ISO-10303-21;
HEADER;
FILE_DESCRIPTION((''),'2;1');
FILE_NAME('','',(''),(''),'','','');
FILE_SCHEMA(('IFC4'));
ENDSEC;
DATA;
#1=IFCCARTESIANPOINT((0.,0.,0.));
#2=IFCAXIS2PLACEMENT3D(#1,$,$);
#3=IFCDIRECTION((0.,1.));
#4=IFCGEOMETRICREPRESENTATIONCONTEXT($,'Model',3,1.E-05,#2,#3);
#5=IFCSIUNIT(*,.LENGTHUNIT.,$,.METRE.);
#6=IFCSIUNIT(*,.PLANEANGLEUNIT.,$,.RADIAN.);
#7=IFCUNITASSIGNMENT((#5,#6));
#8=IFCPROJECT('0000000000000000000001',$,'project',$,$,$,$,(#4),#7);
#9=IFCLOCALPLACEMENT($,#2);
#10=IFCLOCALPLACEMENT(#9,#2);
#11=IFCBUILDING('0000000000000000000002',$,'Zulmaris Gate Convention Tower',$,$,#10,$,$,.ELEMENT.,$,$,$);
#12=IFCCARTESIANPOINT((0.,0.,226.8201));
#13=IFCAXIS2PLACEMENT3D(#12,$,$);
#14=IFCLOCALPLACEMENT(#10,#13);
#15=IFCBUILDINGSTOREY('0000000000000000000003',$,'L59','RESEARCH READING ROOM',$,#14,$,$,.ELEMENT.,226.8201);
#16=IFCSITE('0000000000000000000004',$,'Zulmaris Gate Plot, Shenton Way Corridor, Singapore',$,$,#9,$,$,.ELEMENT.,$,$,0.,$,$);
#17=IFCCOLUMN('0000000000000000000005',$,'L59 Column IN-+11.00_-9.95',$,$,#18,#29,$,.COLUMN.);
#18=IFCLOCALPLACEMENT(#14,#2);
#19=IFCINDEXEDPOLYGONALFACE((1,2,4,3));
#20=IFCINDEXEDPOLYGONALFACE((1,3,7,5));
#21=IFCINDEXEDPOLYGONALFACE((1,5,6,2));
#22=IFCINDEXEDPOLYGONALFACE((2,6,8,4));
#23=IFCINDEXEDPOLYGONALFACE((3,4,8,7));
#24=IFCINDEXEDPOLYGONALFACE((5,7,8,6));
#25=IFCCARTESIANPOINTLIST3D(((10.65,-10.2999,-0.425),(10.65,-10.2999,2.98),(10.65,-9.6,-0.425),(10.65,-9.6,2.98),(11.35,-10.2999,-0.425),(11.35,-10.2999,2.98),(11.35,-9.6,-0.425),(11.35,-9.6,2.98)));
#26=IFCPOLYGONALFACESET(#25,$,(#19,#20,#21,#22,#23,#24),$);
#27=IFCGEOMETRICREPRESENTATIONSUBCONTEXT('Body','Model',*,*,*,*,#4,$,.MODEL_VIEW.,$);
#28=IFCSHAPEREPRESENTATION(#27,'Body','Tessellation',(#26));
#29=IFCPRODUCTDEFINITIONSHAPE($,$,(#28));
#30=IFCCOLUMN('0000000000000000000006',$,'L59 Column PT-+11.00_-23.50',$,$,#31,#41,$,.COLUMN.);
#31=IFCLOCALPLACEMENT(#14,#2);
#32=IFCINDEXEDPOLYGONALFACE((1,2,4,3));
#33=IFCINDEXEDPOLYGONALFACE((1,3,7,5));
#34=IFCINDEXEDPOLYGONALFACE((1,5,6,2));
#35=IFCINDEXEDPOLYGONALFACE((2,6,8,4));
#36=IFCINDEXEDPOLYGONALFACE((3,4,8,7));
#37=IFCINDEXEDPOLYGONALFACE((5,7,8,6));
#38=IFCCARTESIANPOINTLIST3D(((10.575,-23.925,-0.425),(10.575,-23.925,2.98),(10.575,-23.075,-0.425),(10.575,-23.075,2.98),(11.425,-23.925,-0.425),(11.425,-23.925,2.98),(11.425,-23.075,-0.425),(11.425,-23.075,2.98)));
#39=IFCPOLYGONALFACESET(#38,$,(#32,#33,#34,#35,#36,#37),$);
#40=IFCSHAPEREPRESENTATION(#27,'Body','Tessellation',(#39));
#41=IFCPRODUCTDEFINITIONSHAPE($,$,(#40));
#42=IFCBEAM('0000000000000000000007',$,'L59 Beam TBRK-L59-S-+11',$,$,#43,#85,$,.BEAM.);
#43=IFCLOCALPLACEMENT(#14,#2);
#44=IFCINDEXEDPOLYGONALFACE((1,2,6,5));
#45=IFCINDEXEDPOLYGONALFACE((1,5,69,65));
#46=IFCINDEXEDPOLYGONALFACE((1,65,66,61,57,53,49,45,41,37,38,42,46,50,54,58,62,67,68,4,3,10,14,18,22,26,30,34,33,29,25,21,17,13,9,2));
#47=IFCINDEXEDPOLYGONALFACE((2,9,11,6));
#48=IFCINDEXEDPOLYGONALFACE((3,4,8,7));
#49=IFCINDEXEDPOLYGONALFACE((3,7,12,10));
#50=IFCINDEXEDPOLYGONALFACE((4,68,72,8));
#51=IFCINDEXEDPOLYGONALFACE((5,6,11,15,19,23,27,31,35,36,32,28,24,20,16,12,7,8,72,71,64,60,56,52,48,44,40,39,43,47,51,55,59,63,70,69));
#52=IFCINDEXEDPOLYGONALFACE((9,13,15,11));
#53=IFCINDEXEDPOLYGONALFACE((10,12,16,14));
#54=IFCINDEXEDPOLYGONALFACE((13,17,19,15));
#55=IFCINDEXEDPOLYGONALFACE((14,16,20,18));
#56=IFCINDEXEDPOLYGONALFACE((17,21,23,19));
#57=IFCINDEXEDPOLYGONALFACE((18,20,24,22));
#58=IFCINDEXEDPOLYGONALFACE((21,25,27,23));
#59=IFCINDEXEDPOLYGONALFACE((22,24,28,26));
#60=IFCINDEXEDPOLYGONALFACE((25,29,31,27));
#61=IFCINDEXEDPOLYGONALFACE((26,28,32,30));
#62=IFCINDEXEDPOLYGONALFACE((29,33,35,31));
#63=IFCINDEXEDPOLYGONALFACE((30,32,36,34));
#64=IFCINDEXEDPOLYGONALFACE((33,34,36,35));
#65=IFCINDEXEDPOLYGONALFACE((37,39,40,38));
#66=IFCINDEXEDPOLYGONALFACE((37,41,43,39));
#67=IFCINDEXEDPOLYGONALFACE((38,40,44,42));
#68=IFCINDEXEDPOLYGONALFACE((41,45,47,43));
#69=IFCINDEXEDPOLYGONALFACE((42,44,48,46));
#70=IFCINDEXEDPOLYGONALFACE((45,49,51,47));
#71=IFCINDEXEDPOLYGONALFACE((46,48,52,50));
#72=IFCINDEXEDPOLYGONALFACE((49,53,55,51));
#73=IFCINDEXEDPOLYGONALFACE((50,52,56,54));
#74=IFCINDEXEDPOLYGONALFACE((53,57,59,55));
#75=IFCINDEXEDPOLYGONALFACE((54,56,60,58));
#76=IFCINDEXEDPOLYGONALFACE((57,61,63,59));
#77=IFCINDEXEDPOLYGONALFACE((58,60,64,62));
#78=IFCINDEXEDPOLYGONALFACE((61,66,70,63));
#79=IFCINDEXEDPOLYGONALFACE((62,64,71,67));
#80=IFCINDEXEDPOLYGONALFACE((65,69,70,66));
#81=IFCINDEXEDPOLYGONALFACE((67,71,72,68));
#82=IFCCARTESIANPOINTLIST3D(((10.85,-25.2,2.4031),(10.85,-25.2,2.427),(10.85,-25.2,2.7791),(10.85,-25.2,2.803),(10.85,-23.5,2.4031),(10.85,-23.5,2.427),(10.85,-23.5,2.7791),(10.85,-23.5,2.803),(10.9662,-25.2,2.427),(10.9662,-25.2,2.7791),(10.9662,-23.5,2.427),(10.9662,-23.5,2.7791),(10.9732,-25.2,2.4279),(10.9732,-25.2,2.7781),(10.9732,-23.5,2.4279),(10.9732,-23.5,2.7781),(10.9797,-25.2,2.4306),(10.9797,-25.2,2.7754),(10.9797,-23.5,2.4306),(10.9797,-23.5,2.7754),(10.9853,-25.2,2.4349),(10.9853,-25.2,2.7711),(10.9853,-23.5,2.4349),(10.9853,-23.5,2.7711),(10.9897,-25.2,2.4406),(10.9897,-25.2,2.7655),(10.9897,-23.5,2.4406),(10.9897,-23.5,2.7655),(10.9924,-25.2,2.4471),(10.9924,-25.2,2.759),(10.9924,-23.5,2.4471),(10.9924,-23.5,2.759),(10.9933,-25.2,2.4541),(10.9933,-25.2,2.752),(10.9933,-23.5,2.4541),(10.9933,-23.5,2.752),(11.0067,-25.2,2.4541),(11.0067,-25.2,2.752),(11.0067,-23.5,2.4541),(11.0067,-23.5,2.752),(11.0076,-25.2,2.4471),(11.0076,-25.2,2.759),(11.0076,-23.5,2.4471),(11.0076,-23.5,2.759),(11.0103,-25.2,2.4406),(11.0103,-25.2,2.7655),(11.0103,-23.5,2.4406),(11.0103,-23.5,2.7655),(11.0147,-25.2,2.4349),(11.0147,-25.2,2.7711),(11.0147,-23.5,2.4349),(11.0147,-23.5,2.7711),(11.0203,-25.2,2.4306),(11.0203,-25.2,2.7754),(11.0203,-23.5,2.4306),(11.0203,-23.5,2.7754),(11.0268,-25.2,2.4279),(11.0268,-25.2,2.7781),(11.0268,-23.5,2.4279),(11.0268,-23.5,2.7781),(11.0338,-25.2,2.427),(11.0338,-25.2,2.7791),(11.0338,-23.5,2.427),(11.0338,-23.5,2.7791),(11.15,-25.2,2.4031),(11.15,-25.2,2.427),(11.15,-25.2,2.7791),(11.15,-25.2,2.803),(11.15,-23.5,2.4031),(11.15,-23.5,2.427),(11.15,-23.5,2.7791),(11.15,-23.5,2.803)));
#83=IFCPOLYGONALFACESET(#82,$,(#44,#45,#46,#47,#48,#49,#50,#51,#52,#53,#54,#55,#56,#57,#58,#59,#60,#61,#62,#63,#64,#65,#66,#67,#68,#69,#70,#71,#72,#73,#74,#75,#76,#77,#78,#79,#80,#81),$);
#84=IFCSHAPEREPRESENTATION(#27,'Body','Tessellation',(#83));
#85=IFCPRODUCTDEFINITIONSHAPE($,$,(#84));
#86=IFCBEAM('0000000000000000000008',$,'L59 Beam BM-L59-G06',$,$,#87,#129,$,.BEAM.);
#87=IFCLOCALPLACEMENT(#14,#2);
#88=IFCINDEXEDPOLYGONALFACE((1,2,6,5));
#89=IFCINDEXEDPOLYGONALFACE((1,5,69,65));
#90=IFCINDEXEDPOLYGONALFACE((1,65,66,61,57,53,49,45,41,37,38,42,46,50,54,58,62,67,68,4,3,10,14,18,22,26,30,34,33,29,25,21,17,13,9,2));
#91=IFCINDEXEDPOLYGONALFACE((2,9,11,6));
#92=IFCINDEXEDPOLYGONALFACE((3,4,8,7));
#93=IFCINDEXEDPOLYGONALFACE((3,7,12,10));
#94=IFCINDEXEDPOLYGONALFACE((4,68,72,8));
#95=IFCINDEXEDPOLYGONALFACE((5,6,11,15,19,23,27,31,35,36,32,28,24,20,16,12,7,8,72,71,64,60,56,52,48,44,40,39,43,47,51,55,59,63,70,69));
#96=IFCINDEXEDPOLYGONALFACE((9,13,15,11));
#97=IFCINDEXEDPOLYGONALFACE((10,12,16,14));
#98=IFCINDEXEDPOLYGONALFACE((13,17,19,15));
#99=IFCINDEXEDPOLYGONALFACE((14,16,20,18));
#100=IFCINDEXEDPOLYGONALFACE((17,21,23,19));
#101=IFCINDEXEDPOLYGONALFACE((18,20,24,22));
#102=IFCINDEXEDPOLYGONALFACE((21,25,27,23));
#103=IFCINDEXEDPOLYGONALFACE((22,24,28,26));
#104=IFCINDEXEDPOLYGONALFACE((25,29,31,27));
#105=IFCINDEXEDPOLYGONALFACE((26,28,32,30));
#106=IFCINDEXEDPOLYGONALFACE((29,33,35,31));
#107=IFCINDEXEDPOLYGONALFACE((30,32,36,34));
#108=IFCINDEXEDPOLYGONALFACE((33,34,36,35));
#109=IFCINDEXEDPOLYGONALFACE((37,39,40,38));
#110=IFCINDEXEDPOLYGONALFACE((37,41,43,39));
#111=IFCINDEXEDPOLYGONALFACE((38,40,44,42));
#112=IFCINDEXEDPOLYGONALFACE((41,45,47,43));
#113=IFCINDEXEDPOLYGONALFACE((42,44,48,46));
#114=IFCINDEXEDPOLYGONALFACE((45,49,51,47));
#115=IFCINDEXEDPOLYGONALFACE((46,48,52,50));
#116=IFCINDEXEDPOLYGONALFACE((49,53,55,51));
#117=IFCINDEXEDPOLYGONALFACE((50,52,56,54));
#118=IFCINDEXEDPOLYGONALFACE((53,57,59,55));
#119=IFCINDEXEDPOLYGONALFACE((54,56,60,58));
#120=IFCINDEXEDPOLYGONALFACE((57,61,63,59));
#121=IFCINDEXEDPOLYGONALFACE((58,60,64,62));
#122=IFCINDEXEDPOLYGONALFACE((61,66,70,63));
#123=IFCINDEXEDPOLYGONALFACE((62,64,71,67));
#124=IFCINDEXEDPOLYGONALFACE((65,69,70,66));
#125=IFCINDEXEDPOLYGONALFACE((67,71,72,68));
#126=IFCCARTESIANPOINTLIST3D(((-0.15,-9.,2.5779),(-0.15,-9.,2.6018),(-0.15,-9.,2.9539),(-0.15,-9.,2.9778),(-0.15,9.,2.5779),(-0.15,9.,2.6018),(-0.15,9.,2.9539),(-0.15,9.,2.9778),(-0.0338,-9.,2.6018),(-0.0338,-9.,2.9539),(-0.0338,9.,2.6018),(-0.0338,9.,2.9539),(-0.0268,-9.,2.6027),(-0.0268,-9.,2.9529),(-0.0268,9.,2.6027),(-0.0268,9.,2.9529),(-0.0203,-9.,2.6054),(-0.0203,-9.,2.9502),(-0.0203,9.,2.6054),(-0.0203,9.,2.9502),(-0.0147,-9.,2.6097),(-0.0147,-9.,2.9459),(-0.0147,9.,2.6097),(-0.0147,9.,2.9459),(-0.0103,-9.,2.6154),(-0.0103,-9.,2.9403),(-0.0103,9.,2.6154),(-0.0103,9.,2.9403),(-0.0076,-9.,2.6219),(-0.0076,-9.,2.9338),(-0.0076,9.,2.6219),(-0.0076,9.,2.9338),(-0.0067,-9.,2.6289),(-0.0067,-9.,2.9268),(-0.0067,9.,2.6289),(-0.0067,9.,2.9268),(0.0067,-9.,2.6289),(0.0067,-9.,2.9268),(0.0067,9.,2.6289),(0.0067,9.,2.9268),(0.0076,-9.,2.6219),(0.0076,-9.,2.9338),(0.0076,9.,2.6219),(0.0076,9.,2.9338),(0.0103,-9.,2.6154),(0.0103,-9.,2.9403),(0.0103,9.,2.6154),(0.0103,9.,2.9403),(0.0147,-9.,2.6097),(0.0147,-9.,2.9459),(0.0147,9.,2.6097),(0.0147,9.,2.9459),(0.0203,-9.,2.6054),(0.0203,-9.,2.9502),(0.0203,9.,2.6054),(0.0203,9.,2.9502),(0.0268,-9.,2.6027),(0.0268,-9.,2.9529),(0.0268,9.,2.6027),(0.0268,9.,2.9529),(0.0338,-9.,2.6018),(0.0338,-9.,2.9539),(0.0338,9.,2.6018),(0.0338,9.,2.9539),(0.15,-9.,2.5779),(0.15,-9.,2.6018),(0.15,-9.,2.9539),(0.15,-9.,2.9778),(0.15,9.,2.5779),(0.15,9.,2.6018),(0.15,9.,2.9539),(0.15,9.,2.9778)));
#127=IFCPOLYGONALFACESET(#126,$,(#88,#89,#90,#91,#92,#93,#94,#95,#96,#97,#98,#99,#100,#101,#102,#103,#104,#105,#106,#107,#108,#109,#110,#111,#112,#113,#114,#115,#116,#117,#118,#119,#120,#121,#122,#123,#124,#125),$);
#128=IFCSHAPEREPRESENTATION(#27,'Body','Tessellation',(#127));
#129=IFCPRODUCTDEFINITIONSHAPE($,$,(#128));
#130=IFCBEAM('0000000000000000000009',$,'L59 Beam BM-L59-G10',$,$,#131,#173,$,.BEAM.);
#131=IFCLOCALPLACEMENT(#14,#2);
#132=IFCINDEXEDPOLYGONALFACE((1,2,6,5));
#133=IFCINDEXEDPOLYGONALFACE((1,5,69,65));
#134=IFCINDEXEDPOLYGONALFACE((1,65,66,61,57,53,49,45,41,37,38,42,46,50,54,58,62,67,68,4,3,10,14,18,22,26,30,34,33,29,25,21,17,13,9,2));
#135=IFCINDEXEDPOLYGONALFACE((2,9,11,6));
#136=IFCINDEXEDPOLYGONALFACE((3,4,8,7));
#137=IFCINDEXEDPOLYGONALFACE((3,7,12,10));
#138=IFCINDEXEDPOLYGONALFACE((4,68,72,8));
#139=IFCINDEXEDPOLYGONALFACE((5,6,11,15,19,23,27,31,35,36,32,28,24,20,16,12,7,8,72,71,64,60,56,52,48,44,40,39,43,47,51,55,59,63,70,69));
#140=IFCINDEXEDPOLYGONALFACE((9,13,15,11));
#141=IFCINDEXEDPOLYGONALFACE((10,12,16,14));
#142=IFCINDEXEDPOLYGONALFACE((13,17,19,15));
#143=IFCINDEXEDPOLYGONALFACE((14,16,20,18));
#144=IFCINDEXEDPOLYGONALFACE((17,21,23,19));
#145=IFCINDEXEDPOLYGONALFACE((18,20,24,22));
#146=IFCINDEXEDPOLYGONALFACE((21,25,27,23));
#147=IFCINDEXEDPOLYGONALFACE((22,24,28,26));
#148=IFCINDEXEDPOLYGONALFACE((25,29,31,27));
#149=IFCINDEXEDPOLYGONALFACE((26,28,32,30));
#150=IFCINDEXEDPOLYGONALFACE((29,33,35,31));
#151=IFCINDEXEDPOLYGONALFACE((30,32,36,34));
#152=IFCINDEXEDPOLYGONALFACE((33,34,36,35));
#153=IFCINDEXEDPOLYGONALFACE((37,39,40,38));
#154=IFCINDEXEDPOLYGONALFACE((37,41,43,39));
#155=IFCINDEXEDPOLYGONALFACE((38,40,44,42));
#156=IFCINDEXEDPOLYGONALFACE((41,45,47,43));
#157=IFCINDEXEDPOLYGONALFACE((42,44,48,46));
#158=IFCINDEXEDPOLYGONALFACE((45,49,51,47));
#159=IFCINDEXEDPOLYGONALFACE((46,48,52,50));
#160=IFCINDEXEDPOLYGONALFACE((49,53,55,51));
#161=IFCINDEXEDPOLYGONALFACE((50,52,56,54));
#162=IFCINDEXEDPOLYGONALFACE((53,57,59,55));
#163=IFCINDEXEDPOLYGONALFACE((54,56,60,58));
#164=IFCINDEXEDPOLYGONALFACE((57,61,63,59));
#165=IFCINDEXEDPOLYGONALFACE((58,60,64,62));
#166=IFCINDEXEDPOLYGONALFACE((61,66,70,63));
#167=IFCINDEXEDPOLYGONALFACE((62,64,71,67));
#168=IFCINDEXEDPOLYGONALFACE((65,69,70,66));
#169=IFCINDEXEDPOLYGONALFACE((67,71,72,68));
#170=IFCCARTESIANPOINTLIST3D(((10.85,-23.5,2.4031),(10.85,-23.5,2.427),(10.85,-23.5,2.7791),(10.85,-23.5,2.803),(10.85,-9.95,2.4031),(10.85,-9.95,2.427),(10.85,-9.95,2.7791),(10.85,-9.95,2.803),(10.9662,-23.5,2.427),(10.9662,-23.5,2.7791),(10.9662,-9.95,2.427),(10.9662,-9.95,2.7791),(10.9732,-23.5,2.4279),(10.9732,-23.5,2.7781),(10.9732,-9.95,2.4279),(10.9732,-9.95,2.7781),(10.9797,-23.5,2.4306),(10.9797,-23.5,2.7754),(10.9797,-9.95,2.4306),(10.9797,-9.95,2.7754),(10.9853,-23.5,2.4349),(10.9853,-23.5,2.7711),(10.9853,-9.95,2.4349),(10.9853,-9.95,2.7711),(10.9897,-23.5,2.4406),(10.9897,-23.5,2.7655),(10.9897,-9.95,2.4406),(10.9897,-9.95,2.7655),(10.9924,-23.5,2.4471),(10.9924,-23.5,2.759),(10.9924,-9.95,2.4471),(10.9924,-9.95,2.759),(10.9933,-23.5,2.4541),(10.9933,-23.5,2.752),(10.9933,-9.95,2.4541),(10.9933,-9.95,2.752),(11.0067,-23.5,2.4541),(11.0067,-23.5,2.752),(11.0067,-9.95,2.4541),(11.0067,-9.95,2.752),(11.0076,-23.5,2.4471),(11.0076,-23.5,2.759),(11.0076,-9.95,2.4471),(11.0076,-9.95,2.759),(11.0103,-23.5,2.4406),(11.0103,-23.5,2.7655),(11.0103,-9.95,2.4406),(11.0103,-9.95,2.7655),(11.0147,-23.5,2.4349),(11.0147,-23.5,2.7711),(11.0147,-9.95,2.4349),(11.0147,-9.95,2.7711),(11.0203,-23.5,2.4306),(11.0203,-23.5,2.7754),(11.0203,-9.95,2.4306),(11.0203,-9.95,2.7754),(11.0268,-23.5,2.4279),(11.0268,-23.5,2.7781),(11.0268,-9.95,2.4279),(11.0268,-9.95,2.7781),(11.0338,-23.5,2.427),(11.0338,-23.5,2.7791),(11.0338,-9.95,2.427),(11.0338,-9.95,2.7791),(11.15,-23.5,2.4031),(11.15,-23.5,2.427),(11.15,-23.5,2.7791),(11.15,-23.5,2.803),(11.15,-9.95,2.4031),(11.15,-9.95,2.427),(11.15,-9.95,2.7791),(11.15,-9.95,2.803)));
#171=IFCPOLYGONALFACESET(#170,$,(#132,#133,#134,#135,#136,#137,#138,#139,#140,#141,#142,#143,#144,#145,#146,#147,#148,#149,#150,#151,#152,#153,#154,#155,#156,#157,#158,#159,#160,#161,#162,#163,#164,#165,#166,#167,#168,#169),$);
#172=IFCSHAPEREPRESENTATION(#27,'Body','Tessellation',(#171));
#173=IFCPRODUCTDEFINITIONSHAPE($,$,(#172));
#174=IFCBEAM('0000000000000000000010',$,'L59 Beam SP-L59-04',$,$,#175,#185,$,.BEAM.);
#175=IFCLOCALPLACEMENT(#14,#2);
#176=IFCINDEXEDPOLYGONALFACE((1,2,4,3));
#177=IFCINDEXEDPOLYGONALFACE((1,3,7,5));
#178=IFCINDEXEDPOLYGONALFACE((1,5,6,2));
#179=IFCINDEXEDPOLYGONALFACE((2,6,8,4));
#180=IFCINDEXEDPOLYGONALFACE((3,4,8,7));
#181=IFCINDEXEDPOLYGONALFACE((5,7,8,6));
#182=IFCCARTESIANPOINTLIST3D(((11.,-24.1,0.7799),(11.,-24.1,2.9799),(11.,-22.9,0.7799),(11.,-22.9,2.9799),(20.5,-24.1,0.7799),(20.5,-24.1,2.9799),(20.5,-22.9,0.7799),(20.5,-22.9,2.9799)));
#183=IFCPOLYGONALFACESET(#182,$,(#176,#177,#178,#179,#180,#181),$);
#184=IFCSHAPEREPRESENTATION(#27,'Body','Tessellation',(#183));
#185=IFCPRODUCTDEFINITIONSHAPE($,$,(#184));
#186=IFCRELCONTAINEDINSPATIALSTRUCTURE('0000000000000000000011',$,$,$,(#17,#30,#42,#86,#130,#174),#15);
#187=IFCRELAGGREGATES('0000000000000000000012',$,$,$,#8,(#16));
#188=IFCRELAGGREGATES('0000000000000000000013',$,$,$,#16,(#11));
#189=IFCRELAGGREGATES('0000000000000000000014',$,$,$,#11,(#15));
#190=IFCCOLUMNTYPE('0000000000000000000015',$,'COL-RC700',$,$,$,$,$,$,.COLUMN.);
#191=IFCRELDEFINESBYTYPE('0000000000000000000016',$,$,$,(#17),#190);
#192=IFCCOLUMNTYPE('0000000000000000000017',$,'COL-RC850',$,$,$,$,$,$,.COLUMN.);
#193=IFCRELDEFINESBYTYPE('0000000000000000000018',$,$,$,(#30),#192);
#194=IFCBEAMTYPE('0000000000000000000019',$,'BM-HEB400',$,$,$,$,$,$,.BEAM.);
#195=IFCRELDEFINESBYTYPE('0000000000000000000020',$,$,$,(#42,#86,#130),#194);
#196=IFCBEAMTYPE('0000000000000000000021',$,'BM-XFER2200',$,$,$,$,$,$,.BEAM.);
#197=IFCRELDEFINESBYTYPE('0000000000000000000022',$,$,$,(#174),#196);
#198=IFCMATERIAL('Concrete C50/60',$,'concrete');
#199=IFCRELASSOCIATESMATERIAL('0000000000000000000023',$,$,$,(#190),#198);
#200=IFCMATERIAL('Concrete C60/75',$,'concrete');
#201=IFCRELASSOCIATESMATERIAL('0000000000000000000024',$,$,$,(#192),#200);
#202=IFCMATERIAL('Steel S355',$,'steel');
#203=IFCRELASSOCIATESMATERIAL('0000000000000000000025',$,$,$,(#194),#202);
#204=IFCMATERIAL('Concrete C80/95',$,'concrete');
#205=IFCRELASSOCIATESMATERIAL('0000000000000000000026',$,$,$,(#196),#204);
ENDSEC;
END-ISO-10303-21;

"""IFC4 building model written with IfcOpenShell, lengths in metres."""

from ifc_helpers import new_model, si_unit, direction, frame, origin, origin_2d, place, context, subcontext, project, spatial, rectangle, i_section, extrude, material, material_profile, profile_set, type_object, element, save


model = new_model("IFC4")

# Units and contexts
model_context = context("Model", 3, precision=1e-05, world=origin(), true_north=direction((0.0, 1.0)))
body_context = subcontext(model_context, "Body", "Model", "MODEL_VIEW")
ifc_project = project(units=[si_unit("LENGTHUNIT", "METRE"), si_unit("PLANEANGLEUNIT", "RADIAN")], contexts=[model_context])

# Site, building, storey
site_placement = place(None, origin())
site = spatial("IfcSite", under=ifc_project, at=site_placement, Name="Zulmaris Gate Plot, Shenton Way Corridor, Singapore", CompositionType="ELEMENT", RefElevation=0.0)
building_placement = place(site_placement, origin())
building = spatial("IfcBuilding", under=site, at=building_placement, Name="Zulmaris Gate Convention Tower", CompositionType="ELEMENT")
storey_placement = place(building_placement, frame((0.0, 0.0, 226.8201)))
storey = spatial("IfcBuildingStorey", under=building, at=storey_placement, Name="L59", Description="RESEARCH READING ROOM", CompositionType="ELEMENT", Elevation=226.8201)

# Columns
ifc_material_1 = material(Name="Concrete C50/60", Category="concrete")
ifc_material_profile_1 = material_profile(ifc_material_1, rectangle(XDim=0.7, YDim=0.7, at=origin_2d()), Name="RC COL 700x700")
ifc_profile_set_1 = profile_set([ifc_material_profile_1], Name="Concrete C50/60")
column_type_1 = type_object("IfcColumnType", Name="COL-RC700", PredefinedType="COLUMN", material=ifc_profile_set_1)
column_1_placement = place(storey_placement, frame((11.0, -9.95, -0.425), z_axis=(0.0, 0.0, 1.0), x_axis=(1.0, 0.0, 0.0)))
element("IfcColumn", 1, at=column_1_placement, inside=storey, type_object=column_type_1, Name="L59 Column IN-+11.00_-9.95", PredefinedType="COLUMN", context=body_context, shape_type="SweptSolid", body=[
    extrude(rectangle(XDim=0.7, YDim=0.7, at=origin_2d()), origin(), (0.0, 0.0, 1.0), 3.405),
])
ifc_material_2 = material(Name="Concrete C60/75", Category="concrete")
ifc_material_profile_2 = material_profile(ifc_material_2, rectangle(XDim=0.8501, YDim=0.8501, at=origin_2d()), Name="RC COL 850x850")
ifc_profile_set_2 = profile_set([ifc_material_profile_2], Name="Concrete C60/75")
column_type_2 = type_object("IfcColumnType", Name="COL-RC850", PredefinedType="COLUMN", material=ifc_profile_set_2)
column_2_placement = place(storey_placement, frame((11.0, -23.5, -0.425), z_axis=(0.0, 0.0, 1.0), x_axis=(1.0, 0.0, 0.0)))
element("IfcColumn", 2, at=column_2_placement, inside=storey, type_object=column_type_2, Name="L59 Column PT-+11.00_-23.50", PredefinedType="COLUMN", context=body_context, shape_type="SweptSolid", body=[
    extrude(rectangle(XDim=0.8501, YDim=0.8501, at=origin_2d()), origin(), (0.0, 0.0, 1.0), 3.405),
])

# Beams
ifc_material_3 = material(Name="Steel S355", Category="steel")
ifc_material_profile_3 = material_profile(ifc_material_3, i_section(OverallWidth=0.3, OverallDepth=0.3999, WebThickness=0.0134, FlangeThickness=0.0239, FilletRadius=0.0271, at=origin_2d()), Name="HEB 400")
ifc_profile_set_3 = profile_set([ifc_material_profile_3], Name="Steel S355")
beam_type_1 = type_object("IfcBeamType", Name="BM-HEB400", PredefinedType="BEAM", material=ifc_profile_set_3)
beam_1_placement = place(storey_placement, frame((11.0, -25.2, 2.603), z_axis=(0.0, 1.0, 0.0), x_axis=(-1.0, 0.0, 0.0)))
element("IfcBeam", 3, at=beam_1_placement, inside=storey, type_object=beam_type_1, Name="L59 Beam TBRK-L59-S-+11", PredefinedType="BEAM", context=body_context, shape_type="SweptSolid", body=[
    extrude(i_section(OverallWidth=0.3, OverallDepth=0.3999, WebThickness=0.0134, FlangeThickness=0.0239, FilletRadius=0.0271, at=origin_2d()), origin(), (0.0, 0.0, 1.0), 1.7),
])
beam_2_placement = place(storey_placement, frame((0.0, -9.0, 2.7778), z_axis=(0.0, 1.0, 0.0), x_axis=(-1.0, 0.0, 0.0)))
element("IfcBeam", 4, at=beam_2_placement, inside=storey, type_object=beam_type_1, Name="L59 Beam BM-L59-G06", PredefinedType="BEAM", context=body_context, shape_type="SweptSolid", body=[
    extrude(i_section(OverallWidth=0.3, OverallDepth=0.3999, WebThickness=0.0134, FlangeThickness=0.0239, FilletRadius=0.0271, at=origin_2d()), origin(), (0.0, 0.0, 1.0), 18.0),
])
beam_3_placement = place(storey_placement, frame((11.0, -23.5, 2.603), z_axis=(0.0, 1.0, 0.0), x_axis=(-1.0, 0.0, 0.0)))
element("IfcBeam", 5, at=beam_3_placement, inside=storey, type_object=beam_type_1, Name="L59 Beam BM-L59-G10", PredefinedType="BEAM", context=body_context, shape_type="SweptSolid", body=[
    extrude(i_section(OverallWidth=0.3, OverallDepth=0.3999, WebThickness=0.0134, FlangeThickness=0.0239, FilletRadius=0.0271, at=origin_2d()), origin(), (0.0, 0.0, 1.0), 13.55),
])
ifc_material_4 = material(Name="Concrete C80/95", Category="concrete")
ifc_material_profile_4 = material_profile(ifc_material_4, rectangle(XDim=1.2, YDim=2.2, at=origin_2d()), Name="RC TRANSFER 1200x2200")
ifc_profile_set_4 = profile_set([ifc_material_profile_4], Name="Concrete C80/95")
beam_type_2 = type_object("IfcBeamType", Name="BM-XFER2200", PredefinedType="BEAM", material=ifc_profile_set_4)
beam_4_placement = place(storey_placement, frame((11.0, -23.5, 1.8799), z_axis=(1.0, 0.0, 0.0), x_axis=(0.0, 1.0, 0.0)))
element("IfcBeam", 6, at=beam_4_placement, inside=storey, type_object=beam_type_2, Name="L59 Beam SP-L59-04", PredefinedType="BEAM", context=body_context, shape_type="SweptSolid", body=[
    extrude(rectangle(XDim=1.2, YDim=2.2, at=origin_2d()), origin(), (0.0, 0.0, 1.0), 9.5),
])

save(model, "model.ifc")
